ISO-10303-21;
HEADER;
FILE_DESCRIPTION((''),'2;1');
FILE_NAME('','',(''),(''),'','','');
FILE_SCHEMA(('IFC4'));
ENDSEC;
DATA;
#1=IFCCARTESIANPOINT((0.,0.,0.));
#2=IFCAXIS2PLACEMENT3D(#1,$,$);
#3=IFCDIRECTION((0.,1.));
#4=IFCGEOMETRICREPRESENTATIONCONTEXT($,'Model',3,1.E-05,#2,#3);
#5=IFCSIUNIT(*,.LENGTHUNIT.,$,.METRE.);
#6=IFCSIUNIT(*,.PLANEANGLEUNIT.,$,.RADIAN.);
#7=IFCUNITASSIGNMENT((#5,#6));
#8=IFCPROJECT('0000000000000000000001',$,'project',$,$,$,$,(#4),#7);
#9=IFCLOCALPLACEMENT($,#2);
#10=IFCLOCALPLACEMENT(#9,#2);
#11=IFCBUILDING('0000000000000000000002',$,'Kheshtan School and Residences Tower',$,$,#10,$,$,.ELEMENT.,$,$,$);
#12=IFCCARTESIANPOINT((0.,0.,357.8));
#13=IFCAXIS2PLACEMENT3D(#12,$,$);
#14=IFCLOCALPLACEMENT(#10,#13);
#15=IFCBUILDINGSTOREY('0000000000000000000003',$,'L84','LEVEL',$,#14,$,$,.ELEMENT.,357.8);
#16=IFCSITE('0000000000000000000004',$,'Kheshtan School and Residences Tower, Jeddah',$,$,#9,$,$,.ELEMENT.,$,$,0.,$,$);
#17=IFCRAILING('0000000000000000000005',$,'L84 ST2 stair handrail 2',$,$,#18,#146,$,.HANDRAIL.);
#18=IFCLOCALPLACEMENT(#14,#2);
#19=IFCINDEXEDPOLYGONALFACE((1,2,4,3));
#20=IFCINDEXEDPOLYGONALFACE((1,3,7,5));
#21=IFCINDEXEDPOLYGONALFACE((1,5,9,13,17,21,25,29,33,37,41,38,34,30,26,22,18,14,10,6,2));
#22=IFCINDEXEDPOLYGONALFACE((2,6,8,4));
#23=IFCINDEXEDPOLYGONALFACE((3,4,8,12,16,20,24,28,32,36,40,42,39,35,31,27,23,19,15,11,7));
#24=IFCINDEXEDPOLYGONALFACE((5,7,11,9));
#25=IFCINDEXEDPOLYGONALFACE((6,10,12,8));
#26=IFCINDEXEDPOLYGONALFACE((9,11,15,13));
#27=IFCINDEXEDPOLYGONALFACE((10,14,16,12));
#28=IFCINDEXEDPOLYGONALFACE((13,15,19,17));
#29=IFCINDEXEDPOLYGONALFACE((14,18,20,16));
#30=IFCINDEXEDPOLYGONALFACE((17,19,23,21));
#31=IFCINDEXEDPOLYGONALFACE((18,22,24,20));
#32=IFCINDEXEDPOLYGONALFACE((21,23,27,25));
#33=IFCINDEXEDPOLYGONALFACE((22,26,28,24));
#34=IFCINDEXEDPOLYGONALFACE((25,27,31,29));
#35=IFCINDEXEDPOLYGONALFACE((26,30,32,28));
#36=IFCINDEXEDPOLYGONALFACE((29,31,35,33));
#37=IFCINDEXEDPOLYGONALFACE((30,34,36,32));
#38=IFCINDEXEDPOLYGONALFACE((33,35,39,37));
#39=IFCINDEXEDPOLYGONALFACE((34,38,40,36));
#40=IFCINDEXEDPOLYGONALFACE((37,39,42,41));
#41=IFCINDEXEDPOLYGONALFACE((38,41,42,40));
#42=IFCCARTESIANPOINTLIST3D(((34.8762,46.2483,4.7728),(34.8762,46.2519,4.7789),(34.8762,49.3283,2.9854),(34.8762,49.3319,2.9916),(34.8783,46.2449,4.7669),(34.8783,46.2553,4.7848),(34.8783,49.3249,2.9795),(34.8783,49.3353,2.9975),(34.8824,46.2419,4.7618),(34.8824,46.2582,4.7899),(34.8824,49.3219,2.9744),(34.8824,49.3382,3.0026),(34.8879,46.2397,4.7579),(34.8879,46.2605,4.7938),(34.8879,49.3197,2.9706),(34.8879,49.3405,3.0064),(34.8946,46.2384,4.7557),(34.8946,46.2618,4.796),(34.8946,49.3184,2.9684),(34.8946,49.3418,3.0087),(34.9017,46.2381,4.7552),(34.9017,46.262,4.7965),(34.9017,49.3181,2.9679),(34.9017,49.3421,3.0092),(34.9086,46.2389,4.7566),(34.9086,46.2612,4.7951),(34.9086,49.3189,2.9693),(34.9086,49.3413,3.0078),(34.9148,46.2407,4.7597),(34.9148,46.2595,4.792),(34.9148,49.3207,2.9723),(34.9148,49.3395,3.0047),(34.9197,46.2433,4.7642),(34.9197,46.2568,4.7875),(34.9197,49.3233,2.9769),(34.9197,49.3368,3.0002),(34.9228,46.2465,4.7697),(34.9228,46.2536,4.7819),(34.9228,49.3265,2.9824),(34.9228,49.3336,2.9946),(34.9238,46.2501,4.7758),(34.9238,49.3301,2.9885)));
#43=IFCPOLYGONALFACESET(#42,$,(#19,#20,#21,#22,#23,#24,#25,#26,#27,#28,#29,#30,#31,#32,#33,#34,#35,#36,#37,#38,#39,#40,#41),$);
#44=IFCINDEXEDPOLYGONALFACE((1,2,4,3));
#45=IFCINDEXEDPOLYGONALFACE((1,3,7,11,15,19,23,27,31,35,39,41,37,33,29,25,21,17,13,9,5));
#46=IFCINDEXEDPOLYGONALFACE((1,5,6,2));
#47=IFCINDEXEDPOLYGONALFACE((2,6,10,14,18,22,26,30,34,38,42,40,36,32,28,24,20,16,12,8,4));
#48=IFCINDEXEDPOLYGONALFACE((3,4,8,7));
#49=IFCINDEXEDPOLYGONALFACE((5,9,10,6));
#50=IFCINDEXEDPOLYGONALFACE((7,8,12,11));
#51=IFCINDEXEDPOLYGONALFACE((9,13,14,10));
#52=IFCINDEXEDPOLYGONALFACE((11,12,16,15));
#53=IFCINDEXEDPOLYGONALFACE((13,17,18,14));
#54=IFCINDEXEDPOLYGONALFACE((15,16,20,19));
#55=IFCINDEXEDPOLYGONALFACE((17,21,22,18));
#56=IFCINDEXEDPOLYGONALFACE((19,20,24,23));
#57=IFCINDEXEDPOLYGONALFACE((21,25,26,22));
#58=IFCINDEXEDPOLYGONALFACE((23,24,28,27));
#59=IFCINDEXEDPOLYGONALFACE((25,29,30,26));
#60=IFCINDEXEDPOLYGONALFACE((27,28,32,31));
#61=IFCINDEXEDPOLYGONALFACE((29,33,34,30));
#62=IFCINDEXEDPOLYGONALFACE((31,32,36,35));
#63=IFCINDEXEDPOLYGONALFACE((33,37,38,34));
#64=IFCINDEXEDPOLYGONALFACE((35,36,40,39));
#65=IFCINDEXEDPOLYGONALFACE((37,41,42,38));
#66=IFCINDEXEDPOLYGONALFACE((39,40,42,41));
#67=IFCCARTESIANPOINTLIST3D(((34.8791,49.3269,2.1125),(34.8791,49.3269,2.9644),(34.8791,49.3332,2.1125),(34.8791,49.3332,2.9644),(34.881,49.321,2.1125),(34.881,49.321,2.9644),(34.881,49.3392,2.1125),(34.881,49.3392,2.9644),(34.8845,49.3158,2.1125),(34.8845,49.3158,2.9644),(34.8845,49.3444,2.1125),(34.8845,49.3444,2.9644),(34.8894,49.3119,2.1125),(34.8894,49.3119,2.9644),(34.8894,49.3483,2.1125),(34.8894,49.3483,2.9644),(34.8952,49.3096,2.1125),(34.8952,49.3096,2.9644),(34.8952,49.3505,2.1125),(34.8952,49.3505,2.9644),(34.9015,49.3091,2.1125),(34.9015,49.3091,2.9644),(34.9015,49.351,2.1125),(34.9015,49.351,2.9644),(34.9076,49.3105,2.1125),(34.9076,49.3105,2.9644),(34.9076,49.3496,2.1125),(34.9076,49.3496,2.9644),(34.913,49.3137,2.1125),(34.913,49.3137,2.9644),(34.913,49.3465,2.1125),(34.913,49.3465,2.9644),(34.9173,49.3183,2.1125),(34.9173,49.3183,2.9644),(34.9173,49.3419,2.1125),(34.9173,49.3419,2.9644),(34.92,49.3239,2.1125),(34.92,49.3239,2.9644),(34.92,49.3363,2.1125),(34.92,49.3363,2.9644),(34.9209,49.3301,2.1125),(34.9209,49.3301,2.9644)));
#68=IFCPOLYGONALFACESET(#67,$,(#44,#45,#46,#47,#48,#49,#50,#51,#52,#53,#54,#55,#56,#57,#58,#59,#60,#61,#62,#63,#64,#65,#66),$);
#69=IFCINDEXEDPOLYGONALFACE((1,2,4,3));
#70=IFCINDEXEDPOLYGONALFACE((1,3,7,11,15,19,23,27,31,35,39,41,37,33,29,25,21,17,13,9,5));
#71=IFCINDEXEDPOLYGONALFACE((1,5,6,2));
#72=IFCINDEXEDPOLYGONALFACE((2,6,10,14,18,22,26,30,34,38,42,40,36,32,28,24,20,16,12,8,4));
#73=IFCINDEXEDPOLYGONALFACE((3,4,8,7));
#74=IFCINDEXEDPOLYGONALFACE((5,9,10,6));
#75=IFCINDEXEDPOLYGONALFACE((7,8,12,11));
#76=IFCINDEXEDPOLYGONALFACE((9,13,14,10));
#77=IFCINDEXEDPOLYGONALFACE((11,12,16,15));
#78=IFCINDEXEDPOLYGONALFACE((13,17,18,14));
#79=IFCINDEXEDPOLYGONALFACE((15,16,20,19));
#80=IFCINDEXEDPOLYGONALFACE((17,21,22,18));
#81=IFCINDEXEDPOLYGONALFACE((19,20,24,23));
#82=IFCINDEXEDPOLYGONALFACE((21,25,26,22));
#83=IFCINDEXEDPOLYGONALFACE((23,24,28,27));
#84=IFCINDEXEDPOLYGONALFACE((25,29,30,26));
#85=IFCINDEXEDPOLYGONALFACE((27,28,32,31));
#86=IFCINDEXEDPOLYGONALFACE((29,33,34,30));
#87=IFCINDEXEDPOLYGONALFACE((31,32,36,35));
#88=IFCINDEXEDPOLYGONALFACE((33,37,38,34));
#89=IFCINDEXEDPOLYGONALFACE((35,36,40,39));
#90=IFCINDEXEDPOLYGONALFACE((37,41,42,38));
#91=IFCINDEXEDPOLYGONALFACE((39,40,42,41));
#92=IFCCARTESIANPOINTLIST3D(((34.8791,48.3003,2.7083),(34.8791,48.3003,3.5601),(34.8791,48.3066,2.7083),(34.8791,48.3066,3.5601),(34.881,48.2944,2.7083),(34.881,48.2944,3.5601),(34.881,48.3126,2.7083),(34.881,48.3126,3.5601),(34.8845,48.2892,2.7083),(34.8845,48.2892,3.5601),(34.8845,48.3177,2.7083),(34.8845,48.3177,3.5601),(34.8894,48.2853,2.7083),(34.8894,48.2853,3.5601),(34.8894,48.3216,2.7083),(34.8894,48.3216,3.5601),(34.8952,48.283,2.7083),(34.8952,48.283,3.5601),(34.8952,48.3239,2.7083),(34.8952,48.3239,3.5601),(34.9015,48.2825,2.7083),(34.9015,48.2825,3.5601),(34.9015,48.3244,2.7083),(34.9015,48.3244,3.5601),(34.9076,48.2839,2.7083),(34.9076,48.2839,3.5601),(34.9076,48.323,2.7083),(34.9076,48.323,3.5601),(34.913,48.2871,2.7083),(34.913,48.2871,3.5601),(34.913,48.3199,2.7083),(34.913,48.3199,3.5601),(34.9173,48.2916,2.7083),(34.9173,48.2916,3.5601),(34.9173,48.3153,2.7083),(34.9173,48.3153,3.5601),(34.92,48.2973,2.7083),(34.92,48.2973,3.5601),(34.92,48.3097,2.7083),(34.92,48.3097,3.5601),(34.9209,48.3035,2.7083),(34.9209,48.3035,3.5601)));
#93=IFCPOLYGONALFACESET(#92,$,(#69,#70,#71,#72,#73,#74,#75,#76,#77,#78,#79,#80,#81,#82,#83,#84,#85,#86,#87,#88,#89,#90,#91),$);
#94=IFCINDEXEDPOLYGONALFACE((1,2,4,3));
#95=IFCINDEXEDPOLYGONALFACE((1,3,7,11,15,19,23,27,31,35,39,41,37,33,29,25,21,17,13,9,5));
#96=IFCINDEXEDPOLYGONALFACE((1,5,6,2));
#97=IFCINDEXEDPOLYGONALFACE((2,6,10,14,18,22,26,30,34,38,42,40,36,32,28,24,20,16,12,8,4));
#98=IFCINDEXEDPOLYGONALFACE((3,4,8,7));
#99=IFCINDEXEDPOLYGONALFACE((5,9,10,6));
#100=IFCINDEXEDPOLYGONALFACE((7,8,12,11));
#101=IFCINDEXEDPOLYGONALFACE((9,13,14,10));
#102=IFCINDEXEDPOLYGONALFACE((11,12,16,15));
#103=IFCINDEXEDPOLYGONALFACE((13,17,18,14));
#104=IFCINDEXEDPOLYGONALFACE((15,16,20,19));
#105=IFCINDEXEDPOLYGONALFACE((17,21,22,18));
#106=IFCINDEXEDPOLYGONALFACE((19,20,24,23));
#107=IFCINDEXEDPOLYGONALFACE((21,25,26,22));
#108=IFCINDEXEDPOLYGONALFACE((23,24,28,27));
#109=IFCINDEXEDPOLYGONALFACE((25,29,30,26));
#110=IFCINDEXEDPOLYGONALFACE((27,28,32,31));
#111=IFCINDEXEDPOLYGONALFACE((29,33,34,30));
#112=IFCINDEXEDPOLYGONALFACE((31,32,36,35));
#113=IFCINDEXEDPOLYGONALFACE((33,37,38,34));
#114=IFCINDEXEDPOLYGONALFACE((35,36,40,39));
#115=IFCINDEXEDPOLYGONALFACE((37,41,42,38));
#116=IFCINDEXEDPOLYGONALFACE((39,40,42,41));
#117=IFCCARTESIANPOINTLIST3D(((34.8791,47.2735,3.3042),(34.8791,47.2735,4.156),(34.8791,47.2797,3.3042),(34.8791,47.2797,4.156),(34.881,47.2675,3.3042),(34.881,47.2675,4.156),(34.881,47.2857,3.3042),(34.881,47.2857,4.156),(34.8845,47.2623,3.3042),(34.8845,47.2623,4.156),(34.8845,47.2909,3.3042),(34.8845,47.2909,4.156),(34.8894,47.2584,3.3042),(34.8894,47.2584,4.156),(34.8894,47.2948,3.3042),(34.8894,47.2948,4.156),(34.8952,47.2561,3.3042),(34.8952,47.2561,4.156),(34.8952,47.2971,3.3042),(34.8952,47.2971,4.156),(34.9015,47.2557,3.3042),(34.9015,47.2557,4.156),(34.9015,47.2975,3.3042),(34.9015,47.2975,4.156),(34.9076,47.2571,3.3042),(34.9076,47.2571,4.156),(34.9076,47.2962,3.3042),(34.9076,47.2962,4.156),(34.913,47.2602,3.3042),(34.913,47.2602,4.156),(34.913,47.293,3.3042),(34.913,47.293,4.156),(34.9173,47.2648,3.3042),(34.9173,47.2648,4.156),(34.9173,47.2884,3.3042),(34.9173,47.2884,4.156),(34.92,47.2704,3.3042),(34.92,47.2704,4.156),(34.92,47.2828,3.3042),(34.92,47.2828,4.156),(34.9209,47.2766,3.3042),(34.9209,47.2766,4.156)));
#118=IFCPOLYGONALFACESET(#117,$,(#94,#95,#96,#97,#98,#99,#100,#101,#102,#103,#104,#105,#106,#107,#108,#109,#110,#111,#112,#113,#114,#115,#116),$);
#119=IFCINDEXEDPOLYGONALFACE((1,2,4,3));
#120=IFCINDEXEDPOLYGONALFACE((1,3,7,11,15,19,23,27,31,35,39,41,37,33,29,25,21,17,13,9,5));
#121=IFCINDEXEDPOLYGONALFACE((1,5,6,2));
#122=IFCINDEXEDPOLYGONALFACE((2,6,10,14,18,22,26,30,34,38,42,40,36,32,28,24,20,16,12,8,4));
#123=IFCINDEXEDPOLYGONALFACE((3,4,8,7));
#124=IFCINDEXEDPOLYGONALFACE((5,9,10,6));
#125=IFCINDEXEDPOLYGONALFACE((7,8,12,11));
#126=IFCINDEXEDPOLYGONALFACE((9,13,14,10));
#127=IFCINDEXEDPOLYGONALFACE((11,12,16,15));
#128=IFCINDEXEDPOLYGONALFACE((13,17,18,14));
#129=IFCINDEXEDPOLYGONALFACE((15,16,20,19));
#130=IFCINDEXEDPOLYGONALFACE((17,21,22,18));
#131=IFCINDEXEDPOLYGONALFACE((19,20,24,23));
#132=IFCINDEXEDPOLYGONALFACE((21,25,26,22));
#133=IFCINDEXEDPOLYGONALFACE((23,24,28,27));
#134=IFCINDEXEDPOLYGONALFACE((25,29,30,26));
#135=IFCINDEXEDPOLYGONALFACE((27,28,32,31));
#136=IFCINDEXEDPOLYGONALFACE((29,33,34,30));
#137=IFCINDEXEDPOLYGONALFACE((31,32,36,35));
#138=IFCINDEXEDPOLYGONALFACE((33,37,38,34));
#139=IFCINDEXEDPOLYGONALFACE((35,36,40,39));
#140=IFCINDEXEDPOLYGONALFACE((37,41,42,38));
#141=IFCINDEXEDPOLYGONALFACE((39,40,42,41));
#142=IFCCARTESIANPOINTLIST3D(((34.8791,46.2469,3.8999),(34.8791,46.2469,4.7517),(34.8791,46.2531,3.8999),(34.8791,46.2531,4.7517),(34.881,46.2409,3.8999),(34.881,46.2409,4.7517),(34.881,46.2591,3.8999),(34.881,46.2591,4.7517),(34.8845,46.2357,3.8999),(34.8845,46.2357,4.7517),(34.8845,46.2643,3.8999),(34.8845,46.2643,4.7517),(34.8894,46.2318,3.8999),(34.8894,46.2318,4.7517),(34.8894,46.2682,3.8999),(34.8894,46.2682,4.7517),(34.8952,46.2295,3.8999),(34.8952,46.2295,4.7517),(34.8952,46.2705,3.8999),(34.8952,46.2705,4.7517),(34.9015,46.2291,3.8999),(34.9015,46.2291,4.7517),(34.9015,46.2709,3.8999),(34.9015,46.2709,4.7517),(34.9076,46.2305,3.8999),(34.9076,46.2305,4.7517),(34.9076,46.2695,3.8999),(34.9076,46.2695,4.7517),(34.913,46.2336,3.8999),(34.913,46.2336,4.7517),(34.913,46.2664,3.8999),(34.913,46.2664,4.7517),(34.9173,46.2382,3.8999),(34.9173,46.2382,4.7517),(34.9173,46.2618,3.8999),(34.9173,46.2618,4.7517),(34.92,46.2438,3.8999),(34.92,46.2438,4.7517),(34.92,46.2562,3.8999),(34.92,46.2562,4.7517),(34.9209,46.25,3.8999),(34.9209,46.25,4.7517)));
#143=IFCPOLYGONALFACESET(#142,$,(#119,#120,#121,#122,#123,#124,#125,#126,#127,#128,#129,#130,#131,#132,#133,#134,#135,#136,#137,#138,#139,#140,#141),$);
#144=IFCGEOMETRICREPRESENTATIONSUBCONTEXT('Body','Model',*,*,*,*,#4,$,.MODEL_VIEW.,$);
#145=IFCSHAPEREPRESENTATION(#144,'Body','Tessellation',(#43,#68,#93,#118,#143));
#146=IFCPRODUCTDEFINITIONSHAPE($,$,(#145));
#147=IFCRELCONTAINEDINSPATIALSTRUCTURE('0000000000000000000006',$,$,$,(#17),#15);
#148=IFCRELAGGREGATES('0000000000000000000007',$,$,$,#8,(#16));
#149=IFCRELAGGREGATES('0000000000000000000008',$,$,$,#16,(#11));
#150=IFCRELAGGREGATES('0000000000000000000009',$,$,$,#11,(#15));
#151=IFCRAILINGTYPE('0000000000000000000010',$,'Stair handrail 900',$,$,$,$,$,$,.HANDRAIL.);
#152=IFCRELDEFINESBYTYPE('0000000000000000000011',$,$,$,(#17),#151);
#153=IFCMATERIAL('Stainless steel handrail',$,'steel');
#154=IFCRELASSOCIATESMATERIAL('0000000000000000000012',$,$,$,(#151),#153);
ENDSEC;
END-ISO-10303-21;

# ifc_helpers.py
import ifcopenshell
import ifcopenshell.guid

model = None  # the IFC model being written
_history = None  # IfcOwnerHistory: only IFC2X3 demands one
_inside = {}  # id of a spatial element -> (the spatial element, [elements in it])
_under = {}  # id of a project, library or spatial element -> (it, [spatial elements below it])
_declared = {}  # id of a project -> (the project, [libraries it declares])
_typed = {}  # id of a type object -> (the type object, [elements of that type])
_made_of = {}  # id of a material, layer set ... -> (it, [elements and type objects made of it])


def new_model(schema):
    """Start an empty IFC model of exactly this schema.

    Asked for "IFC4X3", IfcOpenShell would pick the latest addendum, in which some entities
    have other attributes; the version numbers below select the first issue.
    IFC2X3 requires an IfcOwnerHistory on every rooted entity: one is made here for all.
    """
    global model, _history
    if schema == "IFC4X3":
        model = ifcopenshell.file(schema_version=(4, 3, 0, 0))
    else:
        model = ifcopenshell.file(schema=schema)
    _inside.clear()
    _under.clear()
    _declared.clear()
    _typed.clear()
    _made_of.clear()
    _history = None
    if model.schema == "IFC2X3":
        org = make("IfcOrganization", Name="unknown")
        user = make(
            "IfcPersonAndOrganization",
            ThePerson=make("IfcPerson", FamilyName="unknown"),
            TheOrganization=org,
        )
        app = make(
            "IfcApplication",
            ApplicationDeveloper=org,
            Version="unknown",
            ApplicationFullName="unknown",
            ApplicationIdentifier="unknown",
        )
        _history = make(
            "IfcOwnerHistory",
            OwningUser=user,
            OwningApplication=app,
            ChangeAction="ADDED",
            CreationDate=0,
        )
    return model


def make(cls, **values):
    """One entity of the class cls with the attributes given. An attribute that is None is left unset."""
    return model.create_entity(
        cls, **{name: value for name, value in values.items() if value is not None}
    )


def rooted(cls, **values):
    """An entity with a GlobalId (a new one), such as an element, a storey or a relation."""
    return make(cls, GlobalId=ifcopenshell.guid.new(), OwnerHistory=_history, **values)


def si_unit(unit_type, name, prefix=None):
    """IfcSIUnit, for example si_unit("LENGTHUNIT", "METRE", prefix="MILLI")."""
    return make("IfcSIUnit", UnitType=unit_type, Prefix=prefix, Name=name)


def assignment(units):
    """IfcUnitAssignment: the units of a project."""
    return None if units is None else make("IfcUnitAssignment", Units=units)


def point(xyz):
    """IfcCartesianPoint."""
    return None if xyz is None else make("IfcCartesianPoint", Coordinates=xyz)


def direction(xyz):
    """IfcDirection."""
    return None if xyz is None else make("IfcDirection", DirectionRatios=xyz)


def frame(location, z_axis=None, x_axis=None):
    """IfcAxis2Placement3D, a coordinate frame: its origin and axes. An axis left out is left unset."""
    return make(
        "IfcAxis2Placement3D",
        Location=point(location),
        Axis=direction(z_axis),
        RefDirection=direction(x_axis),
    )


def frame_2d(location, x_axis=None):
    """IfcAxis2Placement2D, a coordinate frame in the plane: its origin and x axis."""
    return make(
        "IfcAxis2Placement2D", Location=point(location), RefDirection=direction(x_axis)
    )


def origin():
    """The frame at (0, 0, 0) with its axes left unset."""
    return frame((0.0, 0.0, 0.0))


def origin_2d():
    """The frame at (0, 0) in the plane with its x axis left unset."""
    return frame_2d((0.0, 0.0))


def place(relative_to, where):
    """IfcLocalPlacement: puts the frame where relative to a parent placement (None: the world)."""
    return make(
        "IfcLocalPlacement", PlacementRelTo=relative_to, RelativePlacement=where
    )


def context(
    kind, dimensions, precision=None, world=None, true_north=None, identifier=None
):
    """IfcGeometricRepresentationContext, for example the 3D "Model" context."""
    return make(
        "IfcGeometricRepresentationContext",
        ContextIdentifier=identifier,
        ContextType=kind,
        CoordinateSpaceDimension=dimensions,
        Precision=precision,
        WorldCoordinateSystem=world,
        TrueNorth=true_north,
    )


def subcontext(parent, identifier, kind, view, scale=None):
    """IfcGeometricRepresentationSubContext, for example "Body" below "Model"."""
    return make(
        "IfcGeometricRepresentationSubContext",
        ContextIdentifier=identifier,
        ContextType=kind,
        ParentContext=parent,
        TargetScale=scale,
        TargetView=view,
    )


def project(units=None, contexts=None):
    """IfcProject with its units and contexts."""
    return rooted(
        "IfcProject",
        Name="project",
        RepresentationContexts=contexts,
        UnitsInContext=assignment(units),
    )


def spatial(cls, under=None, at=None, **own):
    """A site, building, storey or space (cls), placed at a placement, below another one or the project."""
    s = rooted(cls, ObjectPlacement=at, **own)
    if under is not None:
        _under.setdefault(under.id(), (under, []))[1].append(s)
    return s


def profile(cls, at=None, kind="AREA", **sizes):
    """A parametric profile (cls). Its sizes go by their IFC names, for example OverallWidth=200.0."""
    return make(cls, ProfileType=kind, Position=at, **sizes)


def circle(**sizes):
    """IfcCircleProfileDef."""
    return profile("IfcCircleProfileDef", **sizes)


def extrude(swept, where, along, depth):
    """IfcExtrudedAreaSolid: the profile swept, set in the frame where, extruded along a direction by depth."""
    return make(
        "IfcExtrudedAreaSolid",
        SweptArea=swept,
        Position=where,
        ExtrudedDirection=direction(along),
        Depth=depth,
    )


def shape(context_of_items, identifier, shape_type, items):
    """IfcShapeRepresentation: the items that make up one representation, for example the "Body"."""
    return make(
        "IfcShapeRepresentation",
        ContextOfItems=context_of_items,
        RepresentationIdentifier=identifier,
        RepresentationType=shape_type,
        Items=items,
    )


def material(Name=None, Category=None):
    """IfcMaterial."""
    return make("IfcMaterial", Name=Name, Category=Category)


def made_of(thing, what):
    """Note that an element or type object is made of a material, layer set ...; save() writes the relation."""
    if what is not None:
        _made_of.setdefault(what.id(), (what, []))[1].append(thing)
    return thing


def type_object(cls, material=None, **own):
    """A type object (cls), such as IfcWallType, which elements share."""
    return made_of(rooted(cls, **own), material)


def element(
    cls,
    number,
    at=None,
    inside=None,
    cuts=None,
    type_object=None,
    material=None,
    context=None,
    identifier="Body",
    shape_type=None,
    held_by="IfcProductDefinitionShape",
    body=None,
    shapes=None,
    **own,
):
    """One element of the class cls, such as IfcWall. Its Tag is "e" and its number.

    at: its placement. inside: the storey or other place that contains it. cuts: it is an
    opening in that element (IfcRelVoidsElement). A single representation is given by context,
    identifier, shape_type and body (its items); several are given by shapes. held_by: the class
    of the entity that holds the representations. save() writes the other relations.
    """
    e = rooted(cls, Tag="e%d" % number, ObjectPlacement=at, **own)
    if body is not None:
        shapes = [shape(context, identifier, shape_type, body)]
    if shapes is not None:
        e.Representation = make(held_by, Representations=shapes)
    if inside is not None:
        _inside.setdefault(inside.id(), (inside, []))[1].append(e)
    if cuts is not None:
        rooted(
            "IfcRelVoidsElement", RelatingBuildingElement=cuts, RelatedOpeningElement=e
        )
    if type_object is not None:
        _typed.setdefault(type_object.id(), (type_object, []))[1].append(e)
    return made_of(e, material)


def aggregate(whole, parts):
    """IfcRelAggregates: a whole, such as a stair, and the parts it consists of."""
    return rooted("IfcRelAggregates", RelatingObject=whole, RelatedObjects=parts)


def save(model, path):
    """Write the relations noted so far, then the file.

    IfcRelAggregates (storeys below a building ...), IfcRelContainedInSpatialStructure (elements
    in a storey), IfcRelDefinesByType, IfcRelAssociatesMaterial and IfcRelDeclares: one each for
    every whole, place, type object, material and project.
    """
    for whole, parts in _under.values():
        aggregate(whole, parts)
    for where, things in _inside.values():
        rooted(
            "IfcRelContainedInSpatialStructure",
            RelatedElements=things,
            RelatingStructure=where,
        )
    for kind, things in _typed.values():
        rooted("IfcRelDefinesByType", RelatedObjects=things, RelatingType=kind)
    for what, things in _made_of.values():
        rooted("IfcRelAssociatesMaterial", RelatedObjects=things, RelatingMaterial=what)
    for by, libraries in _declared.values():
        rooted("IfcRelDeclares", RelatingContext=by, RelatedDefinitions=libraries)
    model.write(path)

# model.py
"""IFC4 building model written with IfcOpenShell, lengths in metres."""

from ifc_helpers import new_model, si_unit, direction, frame, origin, origin_2d, place, context, subcontext, project, spatial, circle, extrude, material, type_object, element, save


model = new_model("IFC4")

# Units and contexts
model_context = context("Model", 3, precision=1e-05, world=origin(), true_north=direction((0.0, 1.0)))
body_context = subcontext(model_context, "Body", "Model", "MODEL_VIEW")
ifc_project = project(units=[si_unit("LENGTHUNIT", "METRE"), si_unit("PLANEANGLEUNIT", "RADIAN")], contexts=[model_context])

# Site, building, storey
site_placement = place(None, origin())
site = spatial("IfcSite", under=ifc_project, at=site_placement, Name="Kheshtan School and Residences Tower, Jeddah", CompositionType="ELEMENT", RefElevation=0.0)
building_placement = place(site_placement, origin())
building = spatial("IfcBuilding", under=site, at=building_placement, Name="Kheshtan School and Residences Tower", CompositionType="ELEMENT")
storey_placement = place(building_placement, frame((0.0, 0.0, 357.8)))
storey = spatial("IfcBuildingStorey", under=building, at=storey_placement, Name="L84", Description="LEVEL", CompositionType="ELEMENT", Elevation=357.8)

# Railing
ifc_material_1 = material(Name="Stainless steel handrail", Category="steel")
railing_type_1 = type_object("IfcRailingType", Name="Stair handrail 900", PredefinedType="HANDRAIL", material=ifc_material_1)
railing_1_placement = place(storey_placement, frame((34.8999, 49.3301, 2.1125)))
element("IfcRailing", 1, at=railing_1_placement, inside=storey, type_object=railing_type_1, Name="L84 ST2 stair handrail 2", PredefinedType="HANDRAIL", context=body_context, shape_type="SweptSolid", body=[
    extrude(circle(Radius=0.0239, at=origin_2d()), frame((0.0, 0.0, 0.876), z_axis=(0.0, -0.86492, 0.501909), x_axis=(1.0, 0.0, 0.0)), (0.0, 0.0, 1.0), 3.561),
    extrude(circle(Radius=0.021, at=origin_2d()), origin(), (0.0, 0.0, 1.0), 0.8518),
    extrude(circle(Radius=0.021, at=origin_2d()), frame((0.0, -1.0266, 0.5957)), (0.0, 0.0, 1.0), 0.8518),
    extrude(circle(Radius=0.021, at=origin_2d()), frame((0.0, -2.0535, 1.1917)), (0.0, 0.0, 1.0), 0.8518),
    extrude(circle(Radius=0.021, at=origin_2d()), frame((0.0, -3.0801, 1.7874)), (0.0, 0.0, 1.0), 0.8518),
])

save(model, "model.ifc")
